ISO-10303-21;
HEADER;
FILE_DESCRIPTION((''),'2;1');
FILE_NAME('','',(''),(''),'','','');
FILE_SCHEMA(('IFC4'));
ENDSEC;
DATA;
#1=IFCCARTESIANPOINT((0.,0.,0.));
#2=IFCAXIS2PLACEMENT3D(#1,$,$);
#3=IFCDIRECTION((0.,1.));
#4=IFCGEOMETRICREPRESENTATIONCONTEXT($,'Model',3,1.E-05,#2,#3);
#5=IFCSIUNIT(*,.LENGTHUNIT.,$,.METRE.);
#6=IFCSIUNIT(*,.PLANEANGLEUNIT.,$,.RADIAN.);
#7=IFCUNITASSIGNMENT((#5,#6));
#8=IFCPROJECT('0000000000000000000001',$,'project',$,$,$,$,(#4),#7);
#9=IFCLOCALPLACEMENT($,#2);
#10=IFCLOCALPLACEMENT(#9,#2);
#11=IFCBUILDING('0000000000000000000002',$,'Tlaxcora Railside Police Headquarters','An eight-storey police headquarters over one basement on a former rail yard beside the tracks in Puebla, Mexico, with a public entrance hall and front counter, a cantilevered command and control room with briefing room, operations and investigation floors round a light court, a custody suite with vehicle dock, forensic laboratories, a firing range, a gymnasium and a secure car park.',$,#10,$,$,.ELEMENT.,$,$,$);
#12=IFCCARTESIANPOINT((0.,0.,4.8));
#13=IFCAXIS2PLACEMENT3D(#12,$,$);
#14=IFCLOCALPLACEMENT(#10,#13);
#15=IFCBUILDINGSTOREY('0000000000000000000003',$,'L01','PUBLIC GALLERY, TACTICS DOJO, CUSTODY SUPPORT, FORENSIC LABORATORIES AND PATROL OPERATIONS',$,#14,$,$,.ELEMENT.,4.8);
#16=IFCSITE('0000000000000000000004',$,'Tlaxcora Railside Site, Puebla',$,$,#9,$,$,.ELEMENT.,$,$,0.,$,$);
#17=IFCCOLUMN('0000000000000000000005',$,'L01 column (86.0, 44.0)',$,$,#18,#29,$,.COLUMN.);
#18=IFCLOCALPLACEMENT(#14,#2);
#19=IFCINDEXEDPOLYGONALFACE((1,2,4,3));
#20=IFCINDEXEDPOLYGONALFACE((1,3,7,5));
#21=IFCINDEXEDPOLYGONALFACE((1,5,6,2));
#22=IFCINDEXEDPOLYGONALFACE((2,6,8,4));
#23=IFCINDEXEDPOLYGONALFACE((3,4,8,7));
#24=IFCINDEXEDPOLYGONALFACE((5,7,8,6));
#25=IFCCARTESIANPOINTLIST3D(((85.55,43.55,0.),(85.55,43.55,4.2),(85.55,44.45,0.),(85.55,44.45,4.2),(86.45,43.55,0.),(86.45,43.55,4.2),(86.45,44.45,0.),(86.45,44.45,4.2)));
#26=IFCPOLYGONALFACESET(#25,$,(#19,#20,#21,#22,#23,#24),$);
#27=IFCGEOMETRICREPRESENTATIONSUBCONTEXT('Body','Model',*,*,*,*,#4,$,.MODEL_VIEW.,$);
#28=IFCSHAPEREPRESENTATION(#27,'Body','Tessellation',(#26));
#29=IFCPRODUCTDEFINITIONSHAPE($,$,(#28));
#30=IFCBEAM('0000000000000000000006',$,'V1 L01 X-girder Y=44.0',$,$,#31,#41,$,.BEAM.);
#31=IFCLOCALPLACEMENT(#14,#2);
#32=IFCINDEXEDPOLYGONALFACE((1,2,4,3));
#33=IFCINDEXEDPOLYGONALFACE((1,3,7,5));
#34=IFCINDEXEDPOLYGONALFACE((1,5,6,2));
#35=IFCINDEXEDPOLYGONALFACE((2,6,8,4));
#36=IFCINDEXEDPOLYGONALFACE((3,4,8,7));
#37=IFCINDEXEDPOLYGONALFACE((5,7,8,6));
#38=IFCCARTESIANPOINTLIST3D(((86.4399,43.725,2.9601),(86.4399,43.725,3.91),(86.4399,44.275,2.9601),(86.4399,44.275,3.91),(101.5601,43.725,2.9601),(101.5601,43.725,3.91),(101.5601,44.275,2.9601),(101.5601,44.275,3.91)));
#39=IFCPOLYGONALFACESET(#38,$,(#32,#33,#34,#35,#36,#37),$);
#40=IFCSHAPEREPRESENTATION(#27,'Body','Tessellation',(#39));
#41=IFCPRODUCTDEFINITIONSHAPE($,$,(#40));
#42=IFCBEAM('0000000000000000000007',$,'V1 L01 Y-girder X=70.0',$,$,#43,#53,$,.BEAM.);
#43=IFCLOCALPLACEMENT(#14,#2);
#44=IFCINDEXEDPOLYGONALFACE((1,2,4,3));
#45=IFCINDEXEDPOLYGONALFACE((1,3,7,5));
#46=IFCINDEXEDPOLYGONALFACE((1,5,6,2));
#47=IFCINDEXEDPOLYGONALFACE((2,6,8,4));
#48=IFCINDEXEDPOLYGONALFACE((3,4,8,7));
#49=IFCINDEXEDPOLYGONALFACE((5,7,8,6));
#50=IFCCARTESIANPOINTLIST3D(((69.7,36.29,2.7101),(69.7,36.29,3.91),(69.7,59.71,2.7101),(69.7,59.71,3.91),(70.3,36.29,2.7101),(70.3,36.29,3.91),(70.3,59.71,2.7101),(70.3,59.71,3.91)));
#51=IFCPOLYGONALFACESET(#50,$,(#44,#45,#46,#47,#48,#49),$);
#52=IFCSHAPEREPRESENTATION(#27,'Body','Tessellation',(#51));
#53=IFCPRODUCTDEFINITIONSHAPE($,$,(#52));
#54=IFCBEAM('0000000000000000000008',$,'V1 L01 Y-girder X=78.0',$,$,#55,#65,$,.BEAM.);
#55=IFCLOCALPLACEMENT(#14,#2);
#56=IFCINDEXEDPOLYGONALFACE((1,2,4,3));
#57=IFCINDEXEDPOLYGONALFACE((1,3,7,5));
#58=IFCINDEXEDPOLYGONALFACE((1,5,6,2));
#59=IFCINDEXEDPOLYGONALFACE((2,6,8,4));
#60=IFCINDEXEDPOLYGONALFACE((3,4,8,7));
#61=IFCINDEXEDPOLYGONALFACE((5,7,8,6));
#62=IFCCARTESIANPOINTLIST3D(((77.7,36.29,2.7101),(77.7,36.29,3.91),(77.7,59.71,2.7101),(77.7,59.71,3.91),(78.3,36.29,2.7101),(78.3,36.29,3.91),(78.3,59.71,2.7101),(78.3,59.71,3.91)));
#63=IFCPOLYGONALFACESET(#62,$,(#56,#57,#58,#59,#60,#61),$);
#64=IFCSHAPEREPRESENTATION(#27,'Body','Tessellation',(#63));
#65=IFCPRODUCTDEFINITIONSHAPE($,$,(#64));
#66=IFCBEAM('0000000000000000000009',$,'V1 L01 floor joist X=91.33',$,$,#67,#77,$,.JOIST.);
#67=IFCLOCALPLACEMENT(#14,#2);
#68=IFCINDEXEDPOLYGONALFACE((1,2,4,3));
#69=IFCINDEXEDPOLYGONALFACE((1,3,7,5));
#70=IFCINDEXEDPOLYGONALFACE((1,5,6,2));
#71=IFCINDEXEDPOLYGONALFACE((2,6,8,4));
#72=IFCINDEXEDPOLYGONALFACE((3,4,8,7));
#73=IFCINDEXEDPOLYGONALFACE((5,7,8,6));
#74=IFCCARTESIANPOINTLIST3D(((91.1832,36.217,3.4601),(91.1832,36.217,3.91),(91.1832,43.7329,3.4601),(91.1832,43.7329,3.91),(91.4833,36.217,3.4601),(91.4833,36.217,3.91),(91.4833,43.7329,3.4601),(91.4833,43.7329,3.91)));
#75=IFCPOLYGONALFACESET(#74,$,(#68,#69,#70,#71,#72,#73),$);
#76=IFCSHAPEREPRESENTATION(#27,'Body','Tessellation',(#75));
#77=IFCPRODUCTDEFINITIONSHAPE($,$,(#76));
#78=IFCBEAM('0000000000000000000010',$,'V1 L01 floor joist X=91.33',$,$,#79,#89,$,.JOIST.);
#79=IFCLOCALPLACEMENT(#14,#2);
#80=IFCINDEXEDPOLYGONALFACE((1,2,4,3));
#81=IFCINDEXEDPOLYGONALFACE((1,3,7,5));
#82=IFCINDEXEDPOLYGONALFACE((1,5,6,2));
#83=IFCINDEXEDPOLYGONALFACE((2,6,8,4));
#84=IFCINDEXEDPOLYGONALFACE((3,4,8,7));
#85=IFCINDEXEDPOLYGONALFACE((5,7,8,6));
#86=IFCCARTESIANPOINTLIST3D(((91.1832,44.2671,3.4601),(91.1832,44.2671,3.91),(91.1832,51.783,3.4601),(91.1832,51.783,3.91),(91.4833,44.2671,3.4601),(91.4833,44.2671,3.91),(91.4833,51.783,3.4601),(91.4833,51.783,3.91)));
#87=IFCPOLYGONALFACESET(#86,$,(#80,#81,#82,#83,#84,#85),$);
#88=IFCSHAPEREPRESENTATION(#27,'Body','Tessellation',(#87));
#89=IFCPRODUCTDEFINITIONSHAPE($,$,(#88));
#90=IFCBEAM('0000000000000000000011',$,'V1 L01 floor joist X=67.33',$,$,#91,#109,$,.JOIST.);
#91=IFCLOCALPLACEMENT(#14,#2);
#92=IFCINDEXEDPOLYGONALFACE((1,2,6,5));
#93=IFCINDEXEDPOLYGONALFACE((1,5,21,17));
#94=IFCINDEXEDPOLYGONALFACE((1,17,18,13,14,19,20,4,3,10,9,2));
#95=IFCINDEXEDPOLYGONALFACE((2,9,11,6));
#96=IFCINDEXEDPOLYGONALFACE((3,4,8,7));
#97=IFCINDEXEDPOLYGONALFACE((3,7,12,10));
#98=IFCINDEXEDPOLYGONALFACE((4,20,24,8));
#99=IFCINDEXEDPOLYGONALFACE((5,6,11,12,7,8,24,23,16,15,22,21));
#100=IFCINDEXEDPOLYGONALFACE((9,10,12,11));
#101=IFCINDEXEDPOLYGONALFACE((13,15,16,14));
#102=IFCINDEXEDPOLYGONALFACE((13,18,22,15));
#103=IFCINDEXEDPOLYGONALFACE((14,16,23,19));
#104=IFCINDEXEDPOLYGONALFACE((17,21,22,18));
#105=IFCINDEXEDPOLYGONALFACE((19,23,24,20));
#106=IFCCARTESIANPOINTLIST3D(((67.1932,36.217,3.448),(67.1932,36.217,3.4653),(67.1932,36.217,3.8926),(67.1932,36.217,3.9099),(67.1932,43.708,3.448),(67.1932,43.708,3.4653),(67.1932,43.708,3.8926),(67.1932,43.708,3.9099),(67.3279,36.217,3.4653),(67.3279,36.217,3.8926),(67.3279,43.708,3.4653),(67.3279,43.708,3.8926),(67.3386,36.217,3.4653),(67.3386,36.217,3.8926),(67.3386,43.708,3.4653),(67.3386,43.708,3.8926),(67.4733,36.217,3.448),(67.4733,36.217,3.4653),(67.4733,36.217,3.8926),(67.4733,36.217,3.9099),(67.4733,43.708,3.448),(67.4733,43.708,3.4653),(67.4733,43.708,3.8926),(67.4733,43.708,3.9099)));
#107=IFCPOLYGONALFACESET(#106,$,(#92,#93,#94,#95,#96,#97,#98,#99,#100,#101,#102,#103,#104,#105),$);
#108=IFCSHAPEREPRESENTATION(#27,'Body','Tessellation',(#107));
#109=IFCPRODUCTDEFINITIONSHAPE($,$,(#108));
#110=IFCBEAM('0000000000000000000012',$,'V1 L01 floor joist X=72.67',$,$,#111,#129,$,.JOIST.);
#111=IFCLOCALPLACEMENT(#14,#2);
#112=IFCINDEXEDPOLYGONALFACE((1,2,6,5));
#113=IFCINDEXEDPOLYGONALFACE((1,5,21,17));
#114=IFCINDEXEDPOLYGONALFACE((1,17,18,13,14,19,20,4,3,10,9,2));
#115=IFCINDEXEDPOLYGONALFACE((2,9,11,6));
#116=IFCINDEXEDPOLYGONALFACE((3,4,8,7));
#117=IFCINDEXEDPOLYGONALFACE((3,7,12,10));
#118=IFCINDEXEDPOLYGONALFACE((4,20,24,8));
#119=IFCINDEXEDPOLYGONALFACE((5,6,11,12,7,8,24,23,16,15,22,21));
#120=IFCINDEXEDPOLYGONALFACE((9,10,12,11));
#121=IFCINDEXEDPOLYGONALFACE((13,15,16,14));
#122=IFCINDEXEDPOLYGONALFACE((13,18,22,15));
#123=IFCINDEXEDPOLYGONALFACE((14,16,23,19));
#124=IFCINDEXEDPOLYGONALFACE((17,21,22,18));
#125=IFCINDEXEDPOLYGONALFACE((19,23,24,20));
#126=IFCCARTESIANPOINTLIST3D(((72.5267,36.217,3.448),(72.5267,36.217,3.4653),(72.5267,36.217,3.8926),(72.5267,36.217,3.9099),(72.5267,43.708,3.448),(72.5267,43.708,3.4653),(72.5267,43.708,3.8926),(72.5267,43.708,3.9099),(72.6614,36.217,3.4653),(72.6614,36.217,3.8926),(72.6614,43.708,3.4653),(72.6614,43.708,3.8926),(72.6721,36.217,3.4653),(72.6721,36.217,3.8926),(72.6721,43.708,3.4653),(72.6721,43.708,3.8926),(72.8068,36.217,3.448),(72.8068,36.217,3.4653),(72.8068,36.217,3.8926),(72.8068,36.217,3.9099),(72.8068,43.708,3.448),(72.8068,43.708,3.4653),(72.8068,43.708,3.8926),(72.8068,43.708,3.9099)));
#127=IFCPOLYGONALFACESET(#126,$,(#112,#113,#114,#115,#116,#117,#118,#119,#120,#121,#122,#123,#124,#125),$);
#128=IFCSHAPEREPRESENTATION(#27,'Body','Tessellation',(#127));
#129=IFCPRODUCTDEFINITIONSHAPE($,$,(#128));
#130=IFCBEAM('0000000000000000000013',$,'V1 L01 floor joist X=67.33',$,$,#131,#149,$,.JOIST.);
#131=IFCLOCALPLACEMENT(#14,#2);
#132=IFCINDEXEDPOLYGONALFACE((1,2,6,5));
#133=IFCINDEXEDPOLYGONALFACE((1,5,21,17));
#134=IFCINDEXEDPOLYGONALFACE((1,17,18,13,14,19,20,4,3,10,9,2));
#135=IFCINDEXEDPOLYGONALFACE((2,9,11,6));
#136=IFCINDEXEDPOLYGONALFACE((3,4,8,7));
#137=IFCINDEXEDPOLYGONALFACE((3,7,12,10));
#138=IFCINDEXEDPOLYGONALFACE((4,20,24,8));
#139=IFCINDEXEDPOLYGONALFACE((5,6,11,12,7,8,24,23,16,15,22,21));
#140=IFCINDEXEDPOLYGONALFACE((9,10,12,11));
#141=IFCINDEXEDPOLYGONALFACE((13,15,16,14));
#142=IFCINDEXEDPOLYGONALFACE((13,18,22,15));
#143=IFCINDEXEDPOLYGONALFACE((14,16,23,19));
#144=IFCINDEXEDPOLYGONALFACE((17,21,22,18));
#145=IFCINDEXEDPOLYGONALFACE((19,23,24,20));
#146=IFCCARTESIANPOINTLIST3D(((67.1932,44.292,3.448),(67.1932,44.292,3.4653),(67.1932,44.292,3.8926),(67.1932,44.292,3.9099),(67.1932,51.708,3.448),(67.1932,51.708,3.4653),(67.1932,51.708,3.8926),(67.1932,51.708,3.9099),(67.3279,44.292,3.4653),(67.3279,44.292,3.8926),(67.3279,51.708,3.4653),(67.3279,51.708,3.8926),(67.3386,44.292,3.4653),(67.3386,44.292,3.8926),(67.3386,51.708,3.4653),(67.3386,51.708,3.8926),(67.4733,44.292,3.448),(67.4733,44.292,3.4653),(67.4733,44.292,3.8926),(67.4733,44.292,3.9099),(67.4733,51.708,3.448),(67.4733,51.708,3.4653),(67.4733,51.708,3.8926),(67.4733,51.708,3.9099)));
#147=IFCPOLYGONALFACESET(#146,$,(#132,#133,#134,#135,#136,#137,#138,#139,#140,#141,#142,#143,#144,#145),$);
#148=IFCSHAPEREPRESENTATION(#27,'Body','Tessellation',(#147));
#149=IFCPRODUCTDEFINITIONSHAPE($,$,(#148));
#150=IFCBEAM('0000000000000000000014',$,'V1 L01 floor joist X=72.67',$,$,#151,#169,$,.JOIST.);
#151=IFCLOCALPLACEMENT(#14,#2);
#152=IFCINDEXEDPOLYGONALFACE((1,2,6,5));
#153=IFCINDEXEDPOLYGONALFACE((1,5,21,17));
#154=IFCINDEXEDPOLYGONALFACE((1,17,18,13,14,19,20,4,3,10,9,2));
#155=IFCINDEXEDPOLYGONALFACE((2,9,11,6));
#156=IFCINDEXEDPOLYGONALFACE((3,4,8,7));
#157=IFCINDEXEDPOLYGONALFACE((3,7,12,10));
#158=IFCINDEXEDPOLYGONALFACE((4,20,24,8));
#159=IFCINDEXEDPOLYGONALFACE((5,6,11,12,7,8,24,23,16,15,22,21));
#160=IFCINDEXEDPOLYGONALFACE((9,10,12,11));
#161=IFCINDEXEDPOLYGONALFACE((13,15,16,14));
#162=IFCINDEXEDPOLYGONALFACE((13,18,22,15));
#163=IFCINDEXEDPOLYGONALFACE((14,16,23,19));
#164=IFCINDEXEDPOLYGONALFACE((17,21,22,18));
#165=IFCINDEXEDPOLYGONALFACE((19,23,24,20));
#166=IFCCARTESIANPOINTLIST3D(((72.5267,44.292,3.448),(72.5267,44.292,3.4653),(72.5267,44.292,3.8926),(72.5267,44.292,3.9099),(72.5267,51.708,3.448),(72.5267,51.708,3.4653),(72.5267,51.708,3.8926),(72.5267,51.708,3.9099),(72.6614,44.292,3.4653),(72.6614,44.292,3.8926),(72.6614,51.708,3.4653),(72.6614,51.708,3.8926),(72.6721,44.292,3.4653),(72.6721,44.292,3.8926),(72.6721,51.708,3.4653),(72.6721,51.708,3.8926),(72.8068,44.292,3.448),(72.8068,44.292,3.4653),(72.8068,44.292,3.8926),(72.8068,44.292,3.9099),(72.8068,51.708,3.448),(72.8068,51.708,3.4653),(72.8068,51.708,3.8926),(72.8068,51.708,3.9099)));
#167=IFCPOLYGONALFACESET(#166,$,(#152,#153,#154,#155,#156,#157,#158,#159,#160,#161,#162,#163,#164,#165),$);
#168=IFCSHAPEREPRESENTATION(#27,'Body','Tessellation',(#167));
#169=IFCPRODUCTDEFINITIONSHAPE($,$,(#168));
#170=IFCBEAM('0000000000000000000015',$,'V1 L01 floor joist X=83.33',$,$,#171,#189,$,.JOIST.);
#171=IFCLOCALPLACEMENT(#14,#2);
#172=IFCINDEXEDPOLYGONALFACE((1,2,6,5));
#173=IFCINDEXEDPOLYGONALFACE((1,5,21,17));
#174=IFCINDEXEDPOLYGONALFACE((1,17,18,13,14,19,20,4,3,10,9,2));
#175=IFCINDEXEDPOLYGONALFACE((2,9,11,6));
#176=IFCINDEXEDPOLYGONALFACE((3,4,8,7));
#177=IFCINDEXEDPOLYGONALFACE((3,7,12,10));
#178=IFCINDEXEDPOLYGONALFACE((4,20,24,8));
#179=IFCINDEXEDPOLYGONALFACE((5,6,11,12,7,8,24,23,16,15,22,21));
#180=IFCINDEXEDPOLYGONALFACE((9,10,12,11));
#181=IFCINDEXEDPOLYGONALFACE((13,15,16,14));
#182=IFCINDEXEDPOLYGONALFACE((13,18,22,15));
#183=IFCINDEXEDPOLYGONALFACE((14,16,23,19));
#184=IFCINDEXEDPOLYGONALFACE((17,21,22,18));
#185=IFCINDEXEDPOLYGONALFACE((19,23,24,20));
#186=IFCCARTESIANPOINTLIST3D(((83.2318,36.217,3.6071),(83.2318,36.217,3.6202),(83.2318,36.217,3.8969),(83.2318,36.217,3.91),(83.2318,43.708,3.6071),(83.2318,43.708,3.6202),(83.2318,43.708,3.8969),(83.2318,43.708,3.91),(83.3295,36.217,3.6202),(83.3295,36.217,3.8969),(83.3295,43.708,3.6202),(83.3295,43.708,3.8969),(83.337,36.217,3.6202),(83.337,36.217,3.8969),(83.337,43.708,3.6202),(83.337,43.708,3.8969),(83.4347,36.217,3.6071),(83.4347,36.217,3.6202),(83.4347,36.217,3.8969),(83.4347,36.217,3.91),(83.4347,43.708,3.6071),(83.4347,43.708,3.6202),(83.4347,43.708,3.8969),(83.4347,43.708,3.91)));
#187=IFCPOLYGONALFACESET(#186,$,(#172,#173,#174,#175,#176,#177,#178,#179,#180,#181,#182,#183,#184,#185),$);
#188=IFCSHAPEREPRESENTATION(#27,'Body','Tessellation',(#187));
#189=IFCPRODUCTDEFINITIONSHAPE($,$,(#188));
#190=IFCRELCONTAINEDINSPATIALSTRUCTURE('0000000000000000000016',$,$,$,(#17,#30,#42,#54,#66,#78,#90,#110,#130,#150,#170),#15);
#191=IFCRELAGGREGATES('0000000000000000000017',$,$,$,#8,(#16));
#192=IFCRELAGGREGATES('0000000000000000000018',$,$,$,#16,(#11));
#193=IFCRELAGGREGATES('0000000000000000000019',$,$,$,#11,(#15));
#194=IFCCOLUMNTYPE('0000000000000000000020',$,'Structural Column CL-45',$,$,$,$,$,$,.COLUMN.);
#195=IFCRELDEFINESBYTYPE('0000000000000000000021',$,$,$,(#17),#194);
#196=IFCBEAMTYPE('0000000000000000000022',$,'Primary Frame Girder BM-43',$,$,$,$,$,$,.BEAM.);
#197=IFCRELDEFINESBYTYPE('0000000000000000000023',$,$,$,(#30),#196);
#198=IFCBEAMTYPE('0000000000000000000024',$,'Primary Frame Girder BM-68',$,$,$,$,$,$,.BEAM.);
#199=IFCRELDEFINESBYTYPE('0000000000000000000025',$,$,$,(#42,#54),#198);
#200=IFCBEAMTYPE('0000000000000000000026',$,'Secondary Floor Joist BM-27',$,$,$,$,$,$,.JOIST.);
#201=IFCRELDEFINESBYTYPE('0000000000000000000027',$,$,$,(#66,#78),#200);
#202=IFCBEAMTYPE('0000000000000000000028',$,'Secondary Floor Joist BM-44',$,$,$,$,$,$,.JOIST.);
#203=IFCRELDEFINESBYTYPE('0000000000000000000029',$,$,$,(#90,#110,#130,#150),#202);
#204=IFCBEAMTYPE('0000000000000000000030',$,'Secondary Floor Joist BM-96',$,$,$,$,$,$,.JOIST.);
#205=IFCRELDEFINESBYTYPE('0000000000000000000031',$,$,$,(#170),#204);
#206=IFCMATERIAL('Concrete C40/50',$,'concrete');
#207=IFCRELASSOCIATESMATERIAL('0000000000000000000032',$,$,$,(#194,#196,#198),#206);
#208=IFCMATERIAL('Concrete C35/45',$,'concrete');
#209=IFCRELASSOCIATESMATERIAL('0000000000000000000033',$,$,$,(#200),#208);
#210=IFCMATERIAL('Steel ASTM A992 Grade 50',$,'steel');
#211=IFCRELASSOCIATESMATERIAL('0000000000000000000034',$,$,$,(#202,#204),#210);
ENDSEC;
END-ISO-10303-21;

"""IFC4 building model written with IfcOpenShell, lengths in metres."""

from ifc_helpers import new_model, si_unit, direction, frame, origin, origin_2d, place, context, subcontext, project, spatial, rectangle, i_section, extrude, material, material_profile, profile_set, type_object, element, save


model = new_model("IFC4")

# Units and contexts
model_context = context("Model", 3, precision=1e-05, world=origin(), true_north=direction((0.0, 1.0)))
body_context = subcontext(model_context, "Body", "Model", "MODEL_VIEW")
ifc_project = project(units=[si_unit("LENGTHUNIT", "METRE"), si_unit("PLANEANGLEUNIT", "RADIAN")], contexts=[model_context])

# Site, building, storey
site_placement = place(None, origin())
site = spatial("IfcSite", under=ifc_project, at=site_placement, Name="Tlaxcora Railside Site, Puebla", CompositionType="ELEMENT", RefElevation=0.0)
building_placement = place(site_placement, origin())
building = spatial("IfcBuilding", under=site, at=building_placement, Name="Tlaxcora Railside Police Headquarters", Description="An eight-storey police headquarters over one basement on a former rail yard beside the tracks in Puebla, Mexico, with a public entrance hall and front counter, a cantilevered command and control room with briefing room, operations and investigation floors round a light court, a custody suite with vehicle dock, forensic laboratories, a firing range, a gymnasium and a secure car park.", CompositionType="ELEMENT")
storey_placement = place(building_placement, frame((0.0, 0.0, 4.8)))
storey = spatial("IfcBuildingStorey", under=building, at=storey_placement, Name="L01", Description="PUBLIC GALLERY, TACTICS DOJO, CUSTODY SUPPORT, FORENSIC LABORATORIES AND PATROL OPERATIONS", CompositionType="ELEMENT", Elevation=4.8)

# Column
ifc_material_1 = material(Name="Concrete C40/50", Category="concrete")
ifc_material_profile_1 = material_profile(ifc_material_1, rectangle(XDim=0.8999, YDim=0.8999, at=origin_2d()), Name="RC900X900")
ifc_profile_set_1 = profile_set([ifc_material_profile_1], Name="Concrete C40/50")
column_type = type_object("IfcColumnType", Name="Structural Column CL-45", PredefinedType="COLUMN", material=ifc_profile_set_1)
column_placement = place(storey_placement, frame((86.0, 44.0, 0.0), z_axis=(0.0, 0.0, 1.0), x_axis=(1.0, 0.0, 0.0)))
element("IfcColumn", 1, at=column_placement, inside=storey, type_object=column_type, Name="L01 column (86.0, 44.0)", PredefinedType="COLUMN", context=body_context, shape_type="SweptSolid", body=[
    extrude(rectangle(XDim=0.8999, YDim=0.8999, at=origin_2d()), origin(), (0.0, 0.0, 1.0), 4.2),
])

# Beams
ifc_material_profile_2 = material_profile(ifc_material_1, rectangle(XDim=0.55, YDim=0.95, at=origin_2d()), Name="RC550X950")
ifc_profile_set_2 = profile_set([ifc_material_profile_2], Name="Concrete C40/50")
beam_type_1 = type_object("IfcBeamType", Name="Primary Frame Girder BM-43", PredefinedType="BEAM", material=ifc_profile_set_2)
beam_1_placement = place(storey_placement, frame((86.4399, 44.0, 3.4351), z_axis=(1.0, 0.0, 0.0), x_axis=(0.0, 1.0, 0.0)))
element("IfcBeam", 2, at=beam_1_placement, inside=storey, type_object=beam_type_1, Name="V1 L01 X-girder Y=44.0", PredefinedType="BEAM", context=body_context, shape_type="SweptSolid", body=[
    extrude(rectangle(XDim=0.55, YDim=0.95, at=origin_2d()), origin(), (0.0, 0.0, 1.0), 15.1201),
])
ifc_material_profile_3 = material_profile(ifc_material_1, rectangle(XDim=0.6001, YDim=1.2, at=origin_2d()), Name="RC600X1200")
ifc_profile_set_3 = profile_set([ifc_material_profile_3], Name="Concrete C40/50")
beam_type_2 = type_object("IfcBeamType", Name="Primary Frame Girder BM-68", PredefinedType="BEAM", material=ifc_profile_set_3)
for number, where, z_axis, x_axis, name in (
    (3, (70.0, 36.29, 3.3101), (0.0, 1.0, 0.0), (-1.0, 0.0, 0.0), "V1 L01 Y-girder X=70.0"),
    (4, (78.0, 36.29, 3.3101), (0.0, 1.0, 0.0), (-1.0, 0.0, 0.0), "V1 L01 Y-girder X=78.0"),
):
    element("IfcBeam", number, at=place(storey_placement, frame(where, z_axis=z_axis, x_axis=x_axis)), inside=storey, type_object=beam_type_2, Name=name, PredefinedType="BEAM", context=body_context, shape_type="SweptSolid", body=[
        extrude(rectangle(XDim=0.6001, YDim=1.2, at=origin_2d()), origin(), (0.0, 0.0, 1.0), 23.4199),
    ])
ifc_material_2 = material(Name="Concrete C35/45", Category="concrete")
ifc_material_profile_4 = material_profile(ifc_material_2, rectangle(XDim=0.3, YDim=0.45, at=origin_2d()), Name="RC300X450")
ifc_profile_set_4 = profile_set([ifc_material_profile_4], Name="Concrete C35/45")
beam_type_3 = type_object("IfcBeamType", Name="Secondary Floor Joist BM-27", PredefinedType="JOIST", material=ifc_profile_set_4)
for number, where, z_axis, x_axis, name in (
    (5, (91.3333, 36.217, 3.6851), (0.0, 1.0, 0.0), (-1.0, 0.0, 0.0), "V1 L01 floor joist X=91.33"),
    (6, (91.3333, 44.2671, 3.6851), (0.0, 1.0, 0.0), (-1.0, 0.0, 0.0), "V1 L01 floor joist X=91.33"),
):
    element("IfcBeam", number, at=place(storey_placement, frame(where, z_axis=z_axis, x_axis=x_axis)), inside=storey, type_object=beam_type_3, Name=name, PredefinedType="JOIST", context=body_context, shape_type="SweptSolid", body=[
        extrude(rectangle(XDim=0.3, YDim=0.45, at=origin_2d()), origin(), (0.0, 0.0, 1.0), 7.5159),
    ])
ifc_material_3 = material(Name="Steel ASTM A992 Grade 50", Category="steel")
ifc_material_profile_5 = material_profile(ifc_material_3, i_section(OverallWidth=0.28, OverallDepth=0.4619, WebThickness=0.0107, FlangeThickness=0.0173, at=origin_2d()), Name="W18X76")
ifc_profile_set_5 = profile_set([ifc_material_profile_5], Name="Steel ASTM A992 Grade 50")
beam_type_4 = type_object("IfcBeamType", Name="Secondary Floor Joist BM-44", PredefinedType="JOIST", material=ifc_profile_set_5)
for number, where, z_axis, x_axis, name in (
    (7, (67.3333, 36.217, 3.679), (0.0, 1.0, 0.0), (-1.0, 0.0, 0.0), "V1 L01 floor joist X=67.33"),
    (8, (72.6667, 36.217, 3.679), (0.0, 1.0, 0.0), (-1.0, 0.0, 0.0), "V1 L01 floor joist X=72.67"),
):
    element("IfcBeam", number, at=place(storey_placement, frame(where, z_axis=z_axis, x_axis=x_axis)), inside=storey, type_object=beam_type_4, Name=name, PredefinedType="JOIST", context=body_context, shape_type="SweptSolid", body=[
        extrude(i_section(OverallWidth=0.28, OverallDepth=0.4619, WebThickness=0.0107, FlangeThickness=0.0173, at=origin_2d()), origin(), (0.0, 0.0, 1.0), 7.491),
    ])
for number, where, z_axis, x_axis, name in (
    (9, (67.3333, 44.292, 3.679), (0.0, 1.0, 0.0), (-1.0, 0.0, 0.0), "V1 L01 floor joist X=67.33"),
    (10, (72.6667, 44.292, 3.679), (0.0, 1.0, 0.0), (-1.0, 0.0, 0.0), "V1 L01 floor joist X=72.67"),
):
    element("IfcBeam", number, at=place(storey_placement, frame(where, z_axis=z_axis, x_axis=x_axis)), inside=storey, type_object=beam_type_4, Name=name, PredefinedType="JOIST", context=body_context, shape_type="SweptSolid", body=[
        extrude(i_section(OverallWidth=0.28, OverallDepth=0.4619, WebThickness=0.0107, FlangeThickness=0.0173, at=origin_2d()), origin(), (0.0, 0.0, 1.0), 7.416),
    ])
ifc_material_profile_6 = material_profile(ifc_material_3, i_section(OverallWidth=0.2029, OverallDepth=0.303, WebThickness=0.0076, FlangeThickness=0.0132, at=origin_2d()), Name="W12X40")
ifc_profile_set_6 = profile_set([ifc_material_profile_6], Name="Steel ASTM A992 Grade 50")
beam_type_5 = type_object("IfcBeamType", Name="Secondary Floor Joist BM-96", PredefinedType="JOIST", material=ifc_profile_set_6)
beam_2_placement = place(storey_placement, frame((83.3333, 36.217, 3.7585), z_axis=(0.0, 1.0, 0.0), x_axis=(-1.0, 0.0, 0.0)))
element("IfcBeam", 11, at=beam_2_placement, inside=storey, type_object=beam_type_5, Name="V1 L01 floor joist X=83.33", PredefinedType="JOIST", context=body_context, shape_type="SweptSolid", body=[
    extrude(i_section(OverallWidth=0.2029, OverallDepth=0.303, WebThickness=0.0076, FlangeThickness=0.0132, at=origin_2d()), origin(), (0.0, 0.0, 1.0), 7.491),
])

save(model, "model.ifc")
